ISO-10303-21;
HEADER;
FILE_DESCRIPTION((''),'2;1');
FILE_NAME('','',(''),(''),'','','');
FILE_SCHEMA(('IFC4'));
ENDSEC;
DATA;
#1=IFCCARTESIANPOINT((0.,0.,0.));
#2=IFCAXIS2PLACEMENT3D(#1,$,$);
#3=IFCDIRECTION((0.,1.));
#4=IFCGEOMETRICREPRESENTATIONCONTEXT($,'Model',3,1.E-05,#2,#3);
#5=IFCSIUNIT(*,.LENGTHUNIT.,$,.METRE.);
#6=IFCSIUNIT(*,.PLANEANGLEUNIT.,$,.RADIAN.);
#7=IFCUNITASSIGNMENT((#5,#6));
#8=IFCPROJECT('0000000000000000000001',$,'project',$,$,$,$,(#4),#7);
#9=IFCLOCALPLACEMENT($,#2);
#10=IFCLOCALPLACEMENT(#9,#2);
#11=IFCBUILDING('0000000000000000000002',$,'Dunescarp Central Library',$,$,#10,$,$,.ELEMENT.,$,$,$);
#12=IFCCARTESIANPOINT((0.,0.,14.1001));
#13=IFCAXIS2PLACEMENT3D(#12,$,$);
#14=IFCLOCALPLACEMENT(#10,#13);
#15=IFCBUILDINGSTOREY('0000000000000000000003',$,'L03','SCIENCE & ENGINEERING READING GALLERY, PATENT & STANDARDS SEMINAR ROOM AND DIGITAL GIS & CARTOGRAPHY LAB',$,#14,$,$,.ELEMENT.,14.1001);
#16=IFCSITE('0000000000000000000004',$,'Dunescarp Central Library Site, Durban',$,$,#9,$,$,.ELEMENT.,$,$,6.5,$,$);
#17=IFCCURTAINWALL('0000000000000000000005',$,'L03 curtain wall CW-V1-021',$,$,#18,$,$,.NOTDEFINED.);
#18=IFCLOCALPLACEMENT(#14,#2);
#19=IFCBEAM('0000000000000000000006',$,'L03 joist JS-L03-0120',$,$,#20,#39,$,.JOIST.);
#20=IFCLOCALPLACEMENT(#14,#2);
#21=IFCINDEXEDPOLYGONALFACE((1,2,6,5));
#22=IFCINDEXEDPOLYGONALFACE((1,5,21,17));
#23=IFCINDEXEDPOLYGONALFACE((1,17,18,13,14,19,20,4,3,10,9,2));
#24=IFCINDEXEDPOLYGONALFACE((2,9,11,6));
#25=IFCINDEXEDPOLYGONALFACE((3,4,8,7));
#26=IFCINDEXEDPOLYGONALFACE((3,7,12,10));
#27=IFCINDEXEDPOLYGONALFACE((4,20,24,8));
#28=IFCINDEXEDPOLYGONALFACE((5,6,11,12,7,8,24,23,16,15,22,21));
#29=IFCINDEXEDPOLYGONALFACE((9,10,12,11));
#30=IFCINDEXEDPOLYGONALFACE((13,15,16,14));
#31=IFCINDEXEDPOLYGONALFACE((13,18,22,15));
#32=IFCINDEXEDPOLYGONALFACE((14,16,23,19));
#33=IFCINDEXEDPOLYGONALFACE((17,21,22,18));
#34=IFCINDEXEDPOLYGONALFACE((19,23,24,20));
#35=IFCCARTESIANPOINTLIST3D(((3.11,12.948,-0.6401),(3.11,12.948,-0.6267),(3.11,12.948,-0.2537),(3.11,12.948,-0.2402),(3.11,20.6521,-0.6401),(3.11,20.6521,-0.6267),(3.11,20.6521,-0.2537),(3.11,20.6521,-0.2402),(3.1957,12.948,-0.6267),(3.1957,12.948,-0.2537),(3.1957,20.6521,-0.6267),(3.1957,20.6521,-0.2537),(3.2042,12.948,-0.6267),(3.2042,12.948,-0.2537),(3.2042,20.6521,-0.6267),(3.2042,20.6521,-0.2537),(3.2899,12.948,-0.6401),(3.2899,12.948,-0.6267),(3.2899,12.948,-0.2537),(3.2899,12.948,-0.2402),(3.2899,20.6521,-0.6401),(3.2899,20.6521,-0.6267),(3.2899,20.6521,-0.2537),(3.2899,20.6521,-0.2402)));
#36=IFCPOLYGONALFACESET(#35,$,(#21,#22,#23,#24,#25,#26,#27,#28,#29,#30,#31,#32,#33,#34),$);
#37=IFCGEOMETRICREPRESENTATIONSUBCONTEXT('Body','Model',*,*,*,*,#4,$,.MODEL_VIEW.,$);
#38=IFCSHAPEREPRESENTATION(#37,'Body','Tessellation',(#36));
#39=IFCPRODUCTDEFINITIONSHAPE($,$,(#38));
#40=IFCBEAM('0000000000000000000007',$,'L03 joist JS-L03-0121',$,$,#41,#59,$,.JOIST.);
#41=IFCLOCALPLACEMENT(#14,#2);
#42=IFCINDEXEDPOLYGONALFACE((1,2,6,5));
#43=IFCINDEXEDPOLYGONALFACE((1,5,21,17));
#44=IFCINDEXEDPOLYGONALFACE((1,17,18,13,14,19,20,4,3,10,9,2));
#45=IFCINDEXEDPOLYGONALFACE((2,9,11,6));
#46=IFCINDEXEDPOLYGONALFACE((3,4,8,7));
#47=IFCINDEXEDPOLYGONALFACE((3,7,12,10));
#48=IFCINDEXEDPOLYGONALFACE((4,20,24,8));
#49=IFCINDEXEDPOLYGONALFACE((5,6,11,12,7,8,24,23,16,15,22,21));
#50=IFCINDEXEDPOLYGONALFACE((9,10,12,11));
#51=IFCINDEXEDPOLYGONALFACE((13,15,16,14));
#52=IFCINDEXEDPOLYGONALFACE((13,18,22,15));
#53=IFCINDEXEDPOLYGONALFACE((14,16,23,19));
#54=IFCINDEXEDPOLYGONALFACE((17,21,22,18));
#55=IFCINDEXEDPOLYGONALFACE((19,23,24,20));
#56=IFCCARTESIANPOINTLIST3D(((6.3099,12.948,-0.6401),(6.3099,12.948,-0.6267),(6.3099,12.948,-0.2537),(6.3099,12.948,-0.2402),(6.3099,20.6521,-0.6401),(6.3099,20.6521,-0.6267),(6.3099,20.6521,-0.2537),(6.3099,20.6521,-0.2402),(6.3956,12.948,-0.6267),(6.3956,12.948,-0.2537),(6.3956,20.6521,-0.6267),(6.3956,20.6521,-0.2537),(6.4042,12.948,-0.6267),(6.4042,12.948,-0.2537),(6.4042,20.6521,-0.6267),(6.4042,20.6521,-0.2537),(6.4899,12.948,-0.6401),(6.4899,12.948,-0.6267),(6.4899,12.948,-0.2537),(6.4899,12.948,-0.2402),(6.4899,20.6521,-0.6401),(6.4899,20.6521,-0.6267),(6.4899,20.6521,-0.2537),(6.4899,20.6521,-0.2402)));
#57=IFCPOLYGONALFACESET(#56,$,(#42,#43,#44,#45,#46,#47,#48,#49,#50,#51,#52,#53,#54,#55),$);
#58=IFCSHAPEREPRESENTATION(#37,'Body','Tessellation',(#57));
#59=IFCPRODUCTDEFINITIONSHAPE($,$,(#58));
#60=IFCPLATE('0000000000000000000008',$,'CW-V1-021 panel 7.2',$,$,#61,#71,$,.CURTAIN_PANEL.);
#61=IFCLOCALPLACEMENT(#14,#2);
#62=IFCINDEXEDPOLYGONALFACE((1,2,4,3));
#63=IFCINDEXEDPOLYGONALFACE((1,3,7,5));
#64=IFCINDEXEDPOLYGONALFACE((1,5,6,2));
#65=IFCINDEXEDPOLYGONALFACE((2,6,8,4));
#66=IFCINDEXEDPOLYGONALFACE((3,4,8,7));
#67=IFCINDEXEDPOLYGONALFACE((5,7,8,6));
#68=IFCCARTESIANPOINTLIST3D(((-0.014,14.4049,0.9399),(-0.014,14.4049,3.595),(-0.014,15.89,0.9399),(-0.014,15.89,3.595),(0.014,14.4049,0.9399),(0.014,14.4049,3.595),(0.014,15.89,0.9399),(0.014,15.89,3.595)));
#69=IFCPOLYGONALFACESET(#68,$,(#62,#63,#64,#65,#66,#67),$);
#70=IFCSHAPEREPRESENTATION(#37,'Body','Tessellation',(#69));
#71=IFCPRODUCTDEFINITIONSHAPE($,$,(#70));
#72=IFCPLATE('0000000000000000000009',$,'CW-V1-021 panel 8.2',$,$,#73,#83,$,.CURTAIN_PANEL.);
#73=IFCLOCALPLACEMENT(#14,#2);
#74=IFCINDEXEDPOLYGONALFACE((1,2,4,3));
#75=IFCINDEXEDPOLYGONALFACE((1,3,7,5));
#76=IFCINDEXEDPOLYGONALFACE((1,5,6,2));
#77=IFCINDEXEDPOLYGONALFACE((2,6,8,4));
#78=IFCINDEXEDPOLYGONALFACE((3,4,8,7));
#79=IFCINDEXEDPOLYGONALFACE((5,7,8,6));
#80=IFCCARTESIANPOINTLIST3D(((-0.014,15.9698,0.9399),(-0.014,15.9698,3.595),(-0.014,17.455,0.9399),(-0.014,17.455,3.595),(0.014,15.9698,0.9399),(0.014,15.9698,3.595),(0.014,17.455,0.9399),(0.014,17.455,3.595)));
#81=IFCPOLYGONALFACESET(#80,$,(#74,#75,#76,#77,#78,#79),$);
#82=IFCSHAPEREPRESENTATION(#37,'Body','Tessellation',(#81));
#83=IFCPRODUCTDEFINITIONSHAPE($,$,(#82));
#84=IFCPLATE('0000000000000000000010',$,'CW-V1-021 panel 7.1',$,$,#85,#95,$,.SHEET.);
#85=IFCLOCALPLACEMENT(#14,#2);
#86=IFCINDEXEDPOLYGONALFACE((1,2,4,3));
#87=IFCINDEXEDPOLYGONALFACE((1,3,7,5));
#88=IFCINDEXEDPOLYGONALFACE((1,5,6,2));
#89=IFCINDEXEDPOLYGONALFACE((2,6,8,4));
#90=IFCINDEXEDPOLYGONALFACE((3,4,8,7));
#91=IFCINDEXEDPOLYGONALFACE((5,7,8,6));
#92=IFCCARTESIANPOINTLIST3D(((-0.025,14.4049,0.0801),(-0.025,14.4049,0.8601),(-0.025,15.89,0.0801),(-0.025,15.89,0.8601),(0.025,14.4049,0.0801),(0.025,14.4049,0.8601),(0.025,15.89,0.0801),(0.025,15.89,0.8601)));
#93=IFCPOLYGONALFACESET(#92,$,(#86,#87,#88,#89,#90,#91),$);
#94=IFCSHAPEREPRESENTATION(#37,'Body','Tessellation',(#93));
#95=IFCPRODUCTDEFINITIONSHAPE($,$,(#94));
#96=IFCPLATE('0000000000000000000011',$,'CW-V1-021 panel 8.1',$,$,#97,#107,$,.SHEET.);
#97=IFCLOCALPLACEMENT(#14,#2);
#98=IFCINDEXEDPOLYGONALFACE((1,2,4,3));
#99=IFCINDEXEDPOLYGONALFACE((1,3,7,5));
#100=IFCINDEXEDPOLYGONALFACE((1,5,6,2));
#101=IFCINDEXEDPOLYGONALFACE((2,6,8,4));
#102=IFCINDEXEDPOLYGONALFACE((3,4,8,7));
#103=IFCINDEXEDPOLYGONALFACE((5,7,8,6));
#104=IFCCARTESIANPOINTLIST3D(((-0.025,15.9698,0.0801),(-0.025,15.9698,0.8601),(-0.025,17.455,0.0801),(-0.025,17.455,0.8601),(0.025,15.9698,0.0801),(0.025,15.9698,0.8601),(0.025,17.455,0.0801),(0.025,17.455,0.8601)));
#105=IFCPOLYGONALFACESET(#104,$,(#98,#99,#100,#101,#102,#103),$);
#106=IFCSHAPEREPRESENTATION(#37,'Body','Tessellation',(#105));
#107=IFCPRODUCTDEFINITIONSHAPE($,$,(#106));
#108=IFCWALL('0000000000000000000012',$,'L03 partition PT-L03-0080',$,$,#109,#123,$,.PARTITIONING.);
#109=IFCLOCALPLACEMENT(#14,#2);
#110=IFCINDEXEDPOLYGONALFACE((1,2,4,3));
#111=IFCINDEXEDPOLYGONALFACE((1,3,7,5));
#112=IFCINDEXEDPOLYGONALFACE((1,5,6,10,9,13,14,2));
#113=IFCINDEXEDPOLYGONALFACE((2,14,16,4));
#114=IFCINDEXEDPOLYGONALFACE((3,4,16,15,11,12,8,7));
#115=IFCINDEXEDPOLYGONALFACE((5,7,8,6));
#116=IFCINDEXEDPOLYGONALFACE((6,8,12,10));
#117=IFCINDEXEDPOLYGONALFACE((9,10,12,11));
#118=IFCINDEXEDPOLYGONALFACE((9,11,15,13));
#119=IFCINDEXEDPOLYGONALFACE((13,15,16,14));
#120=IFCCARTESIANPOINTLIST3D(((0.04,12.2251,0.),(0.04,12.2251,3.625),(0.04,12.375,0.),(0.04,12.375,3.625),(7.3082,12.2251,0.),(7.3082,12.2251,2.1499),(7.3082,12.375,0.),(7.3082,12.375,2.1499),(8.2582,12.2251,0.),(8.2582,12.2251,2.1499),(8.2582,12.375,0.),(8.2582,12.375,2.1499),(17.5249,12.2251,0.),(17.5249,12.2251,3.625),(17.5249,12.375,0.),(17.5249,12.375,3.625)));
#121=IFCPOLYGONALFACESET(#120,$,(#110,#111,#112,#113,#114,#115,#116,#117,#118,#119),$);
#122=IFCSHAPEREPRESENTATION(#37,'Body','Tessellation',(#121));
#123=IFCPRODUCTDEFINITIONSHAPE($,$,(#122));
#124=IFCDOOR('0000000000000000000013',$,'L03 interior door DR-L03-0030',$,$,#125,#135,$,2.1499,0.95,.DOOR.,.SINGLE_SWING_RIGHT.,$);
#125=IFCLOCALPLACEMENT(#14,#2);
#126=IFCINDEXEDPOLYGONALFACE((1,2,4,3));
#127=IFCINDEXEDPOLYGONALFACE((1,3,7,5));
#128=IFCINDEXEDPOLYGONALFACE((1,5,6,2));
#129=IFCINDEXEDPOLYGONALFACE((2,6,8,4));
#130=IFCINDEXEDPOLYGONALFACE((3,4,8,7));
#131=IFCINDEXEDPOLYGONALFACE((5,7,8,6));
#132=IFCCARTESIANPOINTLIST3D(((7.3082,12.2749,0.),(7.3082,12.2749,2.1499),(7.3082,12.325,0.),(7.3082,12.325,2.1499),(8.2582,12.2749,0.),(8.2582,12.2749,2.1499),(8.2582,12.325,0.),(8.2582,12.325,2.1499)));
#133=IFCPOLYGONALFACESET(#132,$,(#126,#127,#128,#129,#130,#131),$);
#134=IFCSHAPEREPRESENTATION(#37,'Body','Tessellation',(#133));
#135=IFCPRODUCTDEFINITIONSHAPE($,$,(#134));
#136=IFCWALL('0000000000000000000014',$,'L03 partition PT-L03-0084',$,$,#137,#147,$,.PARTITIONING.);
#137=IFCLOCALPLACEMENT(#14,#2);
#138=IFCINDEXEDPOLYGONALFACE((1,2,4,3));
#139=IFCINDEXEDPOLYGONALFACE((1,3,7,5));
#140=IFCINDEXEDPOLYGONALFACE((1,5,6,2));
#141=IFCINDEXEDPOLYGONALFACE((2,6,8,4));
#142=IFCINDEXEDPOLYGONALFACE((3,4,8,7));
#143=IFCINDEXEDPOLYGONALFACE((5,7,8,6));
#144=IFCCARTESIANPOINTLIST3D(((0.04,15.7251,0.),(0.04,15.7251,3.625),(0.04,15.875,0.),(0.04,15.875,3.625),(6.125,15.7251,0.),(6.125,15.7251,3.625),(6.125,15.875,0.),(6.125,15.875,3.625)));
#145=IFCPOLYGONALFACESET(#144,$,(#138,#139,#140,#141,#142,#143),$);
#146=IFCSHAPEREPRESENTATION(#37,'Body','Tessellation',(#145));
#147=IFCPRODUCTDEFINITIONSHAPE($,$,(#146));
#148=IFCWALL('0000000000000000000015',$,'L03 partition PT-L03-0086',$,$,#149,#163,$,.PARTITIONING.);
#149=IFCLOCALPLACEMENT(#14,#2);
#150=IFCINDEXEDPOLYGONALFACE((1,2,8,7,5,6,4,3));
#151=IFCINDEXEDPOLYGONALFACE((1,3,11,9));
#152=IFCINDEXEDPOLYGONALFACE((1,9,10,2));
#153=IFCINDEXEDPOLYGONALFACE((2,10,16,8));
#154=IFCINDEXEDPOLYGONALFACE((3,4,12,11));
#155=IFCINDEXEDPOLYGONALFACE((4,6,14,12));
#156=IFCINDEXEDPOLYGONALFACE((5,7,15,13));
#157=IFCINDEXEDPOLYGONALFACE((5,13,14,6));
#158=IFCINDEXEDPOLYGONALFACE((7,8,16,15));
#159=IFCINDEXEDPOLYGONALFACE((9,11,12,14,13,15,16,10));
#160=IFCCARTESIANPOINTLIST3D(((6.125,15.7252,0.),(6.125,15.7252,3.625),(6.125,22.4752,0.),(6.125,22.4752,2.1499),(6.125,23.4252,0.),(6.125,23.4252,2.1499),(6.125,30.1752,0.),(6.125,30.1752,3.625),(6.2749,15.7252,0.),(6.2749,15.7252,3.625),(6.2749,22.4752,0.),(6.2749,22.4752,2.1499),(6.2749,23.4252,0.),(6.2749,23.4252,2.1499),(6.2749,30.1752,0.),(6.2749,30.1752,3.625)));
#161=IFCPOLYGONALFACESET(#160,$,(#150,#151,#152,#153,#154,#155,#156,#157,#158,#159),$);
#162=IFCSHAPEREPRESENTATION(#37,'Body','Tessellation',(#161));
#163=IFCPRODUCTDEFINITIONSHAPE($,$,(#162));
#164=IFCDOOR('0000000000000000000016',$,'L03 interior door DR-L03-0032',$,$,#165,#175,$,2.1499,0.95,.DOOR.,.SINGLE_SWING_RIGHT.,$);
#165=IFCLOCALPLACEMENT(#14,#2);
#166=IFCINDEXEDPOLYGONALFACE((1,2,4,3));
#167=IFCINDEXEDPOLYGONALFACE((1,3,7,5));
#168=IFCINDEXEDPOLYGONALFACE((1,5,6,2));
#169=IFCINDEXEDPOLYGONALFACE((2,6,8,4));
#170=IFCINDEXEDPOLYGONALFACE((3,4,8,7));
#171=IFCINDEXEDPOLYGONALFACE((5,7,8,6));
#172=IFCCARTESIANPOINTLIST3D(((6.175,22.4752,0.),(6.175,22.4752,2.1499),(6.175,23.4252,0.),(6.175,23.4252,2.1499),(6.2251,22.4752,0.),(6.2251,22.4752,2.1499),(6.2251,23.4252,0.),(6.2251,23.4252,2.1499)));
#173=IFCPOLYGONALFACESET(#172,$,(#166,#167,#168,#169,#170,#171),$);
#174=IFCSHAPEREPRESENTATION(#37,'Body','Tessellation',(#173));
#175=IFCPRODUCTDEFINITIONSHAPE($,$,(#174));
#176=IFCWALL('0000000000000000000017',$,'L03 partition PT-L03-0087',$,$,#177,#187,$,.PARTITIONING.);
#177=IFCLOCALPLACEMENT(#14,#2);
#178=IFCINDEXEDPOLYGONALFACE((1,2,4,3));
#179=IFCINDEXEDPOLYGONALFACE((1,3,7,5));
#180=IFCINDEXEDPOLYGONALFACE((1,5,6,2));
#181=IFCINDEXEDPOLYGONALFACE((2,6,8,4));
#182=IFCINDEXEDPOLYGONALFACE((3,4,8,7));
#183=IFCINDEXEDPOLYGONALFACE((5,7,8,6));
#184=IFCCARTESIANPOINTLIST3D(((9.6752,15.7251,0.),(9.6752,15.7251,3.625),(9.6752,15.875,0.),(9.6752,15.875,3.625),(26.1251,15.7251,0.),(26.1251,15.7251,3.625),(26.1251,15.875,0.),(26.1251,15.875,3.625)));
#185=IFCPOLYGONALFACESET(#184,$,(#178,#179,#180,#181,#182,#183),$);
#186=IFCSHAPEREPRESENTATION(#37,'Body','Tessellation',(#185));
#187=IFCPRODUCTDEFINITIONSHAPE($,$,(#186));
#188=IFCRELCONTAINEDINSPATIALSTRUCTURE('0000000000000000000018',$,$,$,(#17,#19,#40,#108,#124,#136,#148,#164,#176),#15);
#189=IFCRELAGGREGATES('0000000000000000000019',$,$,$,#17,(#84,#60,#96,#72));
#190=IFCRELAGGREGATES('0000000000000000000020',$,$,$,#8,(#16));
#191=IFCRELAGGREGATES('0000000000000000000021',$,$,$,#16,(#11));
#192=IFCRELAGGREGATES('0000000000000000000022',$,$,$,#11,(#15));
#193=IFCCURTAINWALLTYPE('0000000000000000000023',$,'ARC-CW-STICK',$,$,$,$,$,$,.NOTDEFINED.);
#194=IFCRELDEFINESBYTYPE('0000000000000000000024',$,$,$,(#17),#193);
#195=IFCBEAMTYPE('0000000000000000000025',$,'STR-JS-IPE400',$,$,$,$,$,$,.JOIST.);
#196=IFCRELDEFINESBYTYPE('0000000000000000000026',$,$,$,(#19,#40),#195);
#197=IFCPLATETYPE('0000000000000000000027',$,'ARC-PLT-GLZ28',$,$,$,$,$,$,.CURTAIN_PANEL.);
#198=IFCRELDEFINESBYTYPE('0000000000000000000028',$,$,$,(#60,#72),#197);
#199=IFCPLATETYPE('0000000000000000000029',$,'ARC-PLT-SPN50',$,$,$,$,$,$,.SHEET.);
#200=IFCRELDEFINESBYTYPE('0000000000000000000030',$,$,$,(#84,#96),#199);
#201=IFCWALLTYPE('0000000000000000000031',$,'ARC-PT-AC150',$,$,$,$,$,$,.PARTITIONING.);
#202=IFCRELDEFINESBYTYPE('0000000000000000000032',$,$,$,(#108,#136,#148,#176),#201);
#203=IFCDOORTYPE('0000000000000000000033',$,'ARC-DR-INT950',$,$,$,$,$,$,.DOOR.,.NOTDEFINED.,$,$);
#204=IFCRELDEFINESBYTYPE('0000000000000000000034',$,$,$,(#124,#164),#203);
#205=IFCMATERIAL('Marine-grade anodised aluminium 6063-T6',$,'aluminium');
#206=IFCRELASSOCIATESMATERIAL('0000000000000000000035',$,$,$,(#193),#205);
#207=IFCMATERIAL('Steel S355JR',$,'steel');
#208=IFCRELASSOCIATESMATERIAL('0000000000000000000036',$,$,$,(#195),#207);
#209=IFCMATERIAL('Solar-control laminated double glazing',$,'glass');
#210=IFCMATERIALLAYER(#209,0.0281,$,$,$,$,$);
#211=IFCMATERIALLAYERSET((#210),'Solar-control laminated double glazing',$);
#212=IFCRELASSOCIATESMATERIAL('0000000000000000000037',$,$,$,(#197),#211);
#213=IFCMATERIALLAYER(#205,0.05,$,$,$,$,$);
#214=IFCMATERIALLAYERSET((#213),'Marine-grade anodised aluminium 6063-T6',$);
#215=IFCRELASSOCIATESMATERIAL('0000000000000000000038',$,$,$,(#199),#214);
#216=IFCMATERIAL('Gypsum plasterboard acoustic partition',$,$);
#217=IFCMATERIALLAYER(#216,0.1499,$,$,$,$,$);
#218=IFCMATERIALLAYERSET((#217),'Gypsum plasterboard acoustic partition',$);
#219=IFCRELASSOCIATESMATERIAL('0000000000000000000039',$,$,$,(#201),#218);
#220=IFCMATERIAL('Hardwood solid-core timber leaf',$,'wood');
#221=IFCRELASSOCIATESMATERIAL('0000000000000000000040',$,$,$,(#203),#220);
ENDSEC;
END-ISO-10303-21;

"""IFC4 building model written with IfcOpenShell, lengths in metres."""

from ifc_helpers import new_model, si_unit, direction, frame, frame_2d, origin, origin_2d, place, context, subcontext, project, spatial, rectangle, i_section, extrude, material, layer, layer_set, material_profile, profile_set, type_object, element, fill, aggregate, save


model = new_model("IFC4")

# Units and contexts
model_context = context("Model", 3, precision=1e-05, world=origin(), true_north=direction((0.0, 1.0)))
body_context = subcontext(model_context, "Body", "Model", "MODEL_VIEW")
ifc_project = project(units=[si_unit("LENGTHUNIT", "METRE"), si_unit("PLANEANGLEUNIT", "RADIAN")], contexts=[model_context])

# Site, building, storey
site_placement = place(None, origin())
site = spatial("IfcSite", under=ifc_project, at=site_placement, Name="Dunescarp Central Library Site, Durban", CompositionType="ELEMENT", RefElevation=6.5)
building_placement = place(site_placement, origin())
building = spatial("IfcBuilding", under=site, at=building_placement, Name="Dunescarp Central Library", CompositionType="ELEMENT")
storey_placement = place(building_placement, frame((0.0, 0.0, 14.1001)))
storey = spatial("IfcBuildingStorey", under=building, at=storey_placement, Name="L03", Description="SCIENCE & ENGINEERING READING GALLERY, PATENT & STANDARDS SEMINAR ROOM AND DIGITAL GIS & CARTOGRAPHY LAB", CompositionType="ELEMENT", Elevation=14.1001)

# Shared definitions
ifc_material_1 = material(Name="Steel S355JR", Category="steel")

# Curtain wall
ifc_material_2 = material(Name="Marine-grade anodised aluminium 6063-T6", Category="aluminium")
curtain_wall_type = type_object("IfcCurtainWallType", Name="ARC-CW-STICK", PredefinedType="NOTDEFINED", material=ifc_material_2)
curtain_wall_placement = place(storey_placement, origin())
curtain_wall = element("IfcCurtainWall", 1, at=curtain_wall_placement, inside=storey, type_object=curtain_wall_type, Name="L03 curtain wall CW-V1-021", PredefinedType="NOTDEFINED")

# Beams
ifc_material_profile_1 = material_profile(ifc_material_1, i_section(OverallWidth=0.1799, OverallDepth=0.3999, WebThickness=0.0085, FlangeThickness=0.0134, at=origin_2d()), Name="IPE 400")
ifc_profile_set_1 = profile_set([ifc_material_profile_1], Name="Steel S355JR")
beam_type_1 = type_object("IfcBeamType", Name="STR-JS-IPE400", PredefinedType="JOIST", material=ifc_profile_set_1)
for number, where, z_axis, x_axis, name in (
    (2, (3.2, 12.948, -0.4402), (0.0, 1.0, 0.0), (-1.0, 0.0, 0.0), "L03 joist JS-L03-0120"),
    (3, (6.3999, 12.948, -0.4402), (0.0, 1.0, 0.0), (-1.0, 0.0, 0.0), "L03 joist JS-L03-0121"),
):
    element("IfcBeam", number, at=place(storey_placement, frame(where, z_axis=z_axis, x_axis=x_axis)), inside=storey, type_object=beam_type_1, Name=name, PredefinedType="JOIST", context=body_context, shape_type="SweptSolid", body=[
        extrude(i_section(OverallWidth=0.1799, OverallDepth=0.3999, WebThickness=0.0085, FlangeThickness=0.0134, at=origin_2d()), origin(), (0.0, 0.0, 1.0), 7.7041),
    ])

# Plates
ifc_material_3 = material(Name="Solar-control laminated double glazing", Category="glass")
ifc_layer_1 = layer(ifc_material_3, 0.0281)
ifc_layer_set_1 = layer_set([ifc_layer_1], Name="Solar-control laminated double glazing")
plate_type_1 = type_object("IfcPlateType", Name="ARC-PLT-GLZ28", PredefinedType="CURTAIN_PANEL", material=ifc_layer_set_1)
plate_1_placement = place(storey_placement, frame((0.0, 15.1475, 0.9399), z_axis=(0.0, 0.0, 1.0), x_axis=(0.0, 1.0, 0.0)))
plate_1 = element("IfcPlate", 4, at=plate_1_placement, type_object=plate_type_1, Name="CW-V1-021 panel 7.2", PredefinedType="CURTAIN_PANEL", context=body_context, shape_type="SweptSolid", body=[
    extrude(rectangle(XDim=1.4851, YDim=0.0281, at=origin_2d()), origin(), (0.0, 0.0, 1.0), 2.655),
])
plate_2_placement = place(storey_placement, frame((0.0, 16.7124, 0.9399), z_axis=(0.0, 0.0, 1.0), x_axis=(0.0, 1.0, 0.0)))
plate_2 = element("IfcPlate", 5, at=plate_2_placement, type_object=plate_type_1, Name="CW-V1-021 panel 8.2", PredefinedType="CURTAIN_PANEL", context=body_context, shape_type="SweptSolid", body=[
    extrude(rectangle(XDim=1.4851, YDim=0.0281, at=origin_2d()), origin(), (0.0, 0.0, 1.0), 2.655),
])
ifc_layer_2 = layer(ifc_material_2, 0.05)
ifc_layer_set_2 = layer_set([ifc_layer_2], Name="Marine-grade anodised aluminium 6063-T6")
plate_type_2 = type_object("IfcPlateType", Name="ARC-PLT-SPN50", PredefinedType="SHEET", material=ifc_layer_set_2)
plate_3_placement = place(storey_placement, frame((0.0, 15.1475, 0.0801), z_axis=(0.0, 0.0, 1.0), x_axis=(0.0, 1.0, 0.0)))
plate_3 = element("IfcPlate", 6, at=plate_3_placement, type_object=plate_type_2, Name="CW-V1-021 panel 7.1", PredefinedType="SHEET", context=body_context, shape_type="SweptSolid", body=[
    extrude(rectangle(XDim=1.4851, YDim=0.05, at=origin_2d()), origin(), (0.0, 0.0, 1.0), 0.78),
])
plate_4_placement = place(storey_placement, frame((0.0, 16.7124, 0.0801), z_axis=(0.0, 0.0, 1.0), x_axis=(0.0, 1.0, 0.0)))
plate_4 = element("IfcPlate", 7, at=plate_4_placement, type_object=plate_type_2, Name="CW-V1-021 panel 8.1", PredefinedType="SHEET", context=body_context, shape_type="SweptSolid", body=[
    extrude(rectangle(XDim=1.4851, YDim=0.05, at=origin_2d()), origin(), (0.0, 0.0, 1.0), 0.78),
])
aggregate(curtain_wall, [plate_3, plate_1, plate_4, plate_2])

# Wall, opening, door
ifc_material_4 = material(Name="Gypsum plasterboard acoustic partition")
ifc_layer_3 = layer(ifc_material_4, 0.1499)
ifc_layer_set_3 = layer_set([ifc_layer_3], Name="Gypsum plasterboard acoustic partition")
wall_type = type_object("IfcWallType", Name="ARC-PT-AC150", PredefinedType="PARTITIONING", material=ifc_layer_set_3)
wall_1_placement = place(storey_placement, frame((0.04, 12.3, 0.0), z_axis=(0.0, 0.0, 1.0), x_axis=(1.0, 0.0, 0.0)))
wall_1 = element("IfcWall", 8, at=wall_1_placement, inside=storey, type_object=wall_type, Name="L03 partition PT-L03-0080", PredefinedType="PARTITIONING", context=body_context, shape_type="SweptSolid", body=[
    extrude(rectangle(XDim=17.4849, YDim=0.1499, at=frame_2d((8.7424, 0.0))), origin(), (0.0, 0.0, 1.0), 3.625),
])
opening_1_placement = place(wall_1_placement, frame((7.2681, 0.0, 0.0)))
opening_1 = element("IfcOpeningElement", 9, at=opening_1_placement, cuts=wall_1, PredefinedType="OPENING", context=body_context, shape_type="SweptSolid", body=[
    extrude(rectangle(XDim=0.95, YDim=2.1499, at=frame_2d((0.4751, 1.075))), frame((0.0, 0.085, 0.0), z_axis=(0.0, -1.0, 0.0), x_axis=(1.0, 0.0, 0.0)), (0.0, 0.0, 1.0), 0.1699),
])
ifc_material_5 = material(Name="Hardwood solid-core timber leaf", Category="wood")
door_type = type_object("IfcDoorType", Name="ARC-DR-INT950", OperationType="NOTDEFINED", PredefinedType="DOOR", material=ifc_material_5)
door_1_placement = place(opening_1_placement, origin())
door_1 = element("IfcDoor", 10, at=door_1_placement, inside=storey, type_object=door_type, Name="L03 interior door DR-L03-0030", OperationType="SINGLE_SWING_RIGHT", OverallHeight=2.1499, OverallWidth=0.95, PredefinedType="DOOR", context=body_context, shape_type="SweptSolid", body=[
    extrude(rectangle(XDim=0.95, YDim=2.1499, at=frame_2d((0.4751, 1.075))), frame((0.0, 0.0249, 0.0), z_axis=(0.0, -1.0, 0.0), x_axis=(1.0, 0.0, 0.0)), (0.0, 0.0, 1.0), 0.05),
])
fill(opening_1, door_1)

# Wall
wall_2_placement = place(storey_placement, frame((0.04, 15.8, 0.0), z_axis=(0.0, 0.0, 1.0), x_axis=(1.0, 0.0, 0.0)))
element("IfcWall", 11, at=wall_2_placement, inside=storey, type_object=wall_type, Name="L03 partition PT-L03-0084", PredefinedType="PARTITIONING", context=body_context, shape_type="SweptSolid", body=[
    extrude(rectangle(XDim=6.085, YDim=0.1499, at=frame_2d((3.0425, 0.0))), origin(), (0.0, 0.0, 1.0), 3.625),
])

# Wall, opening, door
wall_3_placement = place(storey_placement, frame((6.2, 15.7251, 0.0), z_axis=(0.0, 0.0, 1.0), x_axis=(0.0, 1.0, 0.0)))
wall_3 = element("IfcWall", 12, at=wall_3_placement, inside=storey, type_object=wall_type, Name="L03 partition PT-L03-0086", PredefinedType="PARTITIONING", context=body_context, shape_type="SweptSolid", body=[
    extrude(rectangle(XDim=14.45, YDim=0.1499, at=frame_2d((7.2251, 0.0))), origin(), (0.0, 0.0, 1.0), 3.625),
])
opening_2_placement = place(wall_3_placement, frame((6.75, 0.0, 0.0)))
opening_2 = element("IfcOpeningElement", 13, at=opening_2_placement, cuts=wall_3, PredefinedType="OPENING", context=body_context, shape_type="SweptSolid", body=[
    extrude(rectangle(XDim=0.95, YDim=2.1499, at=frame_2d((0.4751, 1.075))), frame((0.0, 0.085, 0.0), z_axis=(0.0, -1.0, 0.0), x_axis=(1.0, 0.0, 0.0)), (0.0, 0.0, 1.0), 0.1699),
])
door_2_placement = place(opening_2_placement, origin())
door_2 = element("IfcDoor", 14, at=door_2_placement, inside=storey, type_object=door_type, Name="L03 interior door DR-L03-0032", OperationType="SINGLE_SWING_RIGHT", OverallHeight=2.1499, OverallWidth=0.95, PredefinedType="DOOR", context=body_context, shape_type="SweptSolid", body=[
    extrude(rectangle(XDim=0.95, YDim=2.1499, at=frame_2d((0.4751, 1.075))), frame((0.0, 0.0249, 0.0), z_axis=(0.0, -1.0, 0.0), x_axis=(1.0, 0.0, 0.0)), (0.0, 0.0, 1.0), 0.05),
])
fill(opening_2, door_2)

# Wall
wall_4_placement = place(storey_placement, frame((9.675, 15.8, 0.0), z_axis=(0.0, 0.0, 1.0), x_axis=(1.0, 0.0, 0.0)))
element("IfcWall", 15, at=wall_4_placement, inside=storey, type_object=wall_type, Name="L03 partition PT-L03-0087", PredefinedType="PARTITIONING", context=body_context, shape_type="SweptSolid", body=[
    extrude(rectangle(XDim=16.45, YDim=0.1499, at=frame_2d((8.2251, 0.0))), origin(), (0.0, 0.0, 1.0), 3.625),
])

save(model, "model.ifc")
